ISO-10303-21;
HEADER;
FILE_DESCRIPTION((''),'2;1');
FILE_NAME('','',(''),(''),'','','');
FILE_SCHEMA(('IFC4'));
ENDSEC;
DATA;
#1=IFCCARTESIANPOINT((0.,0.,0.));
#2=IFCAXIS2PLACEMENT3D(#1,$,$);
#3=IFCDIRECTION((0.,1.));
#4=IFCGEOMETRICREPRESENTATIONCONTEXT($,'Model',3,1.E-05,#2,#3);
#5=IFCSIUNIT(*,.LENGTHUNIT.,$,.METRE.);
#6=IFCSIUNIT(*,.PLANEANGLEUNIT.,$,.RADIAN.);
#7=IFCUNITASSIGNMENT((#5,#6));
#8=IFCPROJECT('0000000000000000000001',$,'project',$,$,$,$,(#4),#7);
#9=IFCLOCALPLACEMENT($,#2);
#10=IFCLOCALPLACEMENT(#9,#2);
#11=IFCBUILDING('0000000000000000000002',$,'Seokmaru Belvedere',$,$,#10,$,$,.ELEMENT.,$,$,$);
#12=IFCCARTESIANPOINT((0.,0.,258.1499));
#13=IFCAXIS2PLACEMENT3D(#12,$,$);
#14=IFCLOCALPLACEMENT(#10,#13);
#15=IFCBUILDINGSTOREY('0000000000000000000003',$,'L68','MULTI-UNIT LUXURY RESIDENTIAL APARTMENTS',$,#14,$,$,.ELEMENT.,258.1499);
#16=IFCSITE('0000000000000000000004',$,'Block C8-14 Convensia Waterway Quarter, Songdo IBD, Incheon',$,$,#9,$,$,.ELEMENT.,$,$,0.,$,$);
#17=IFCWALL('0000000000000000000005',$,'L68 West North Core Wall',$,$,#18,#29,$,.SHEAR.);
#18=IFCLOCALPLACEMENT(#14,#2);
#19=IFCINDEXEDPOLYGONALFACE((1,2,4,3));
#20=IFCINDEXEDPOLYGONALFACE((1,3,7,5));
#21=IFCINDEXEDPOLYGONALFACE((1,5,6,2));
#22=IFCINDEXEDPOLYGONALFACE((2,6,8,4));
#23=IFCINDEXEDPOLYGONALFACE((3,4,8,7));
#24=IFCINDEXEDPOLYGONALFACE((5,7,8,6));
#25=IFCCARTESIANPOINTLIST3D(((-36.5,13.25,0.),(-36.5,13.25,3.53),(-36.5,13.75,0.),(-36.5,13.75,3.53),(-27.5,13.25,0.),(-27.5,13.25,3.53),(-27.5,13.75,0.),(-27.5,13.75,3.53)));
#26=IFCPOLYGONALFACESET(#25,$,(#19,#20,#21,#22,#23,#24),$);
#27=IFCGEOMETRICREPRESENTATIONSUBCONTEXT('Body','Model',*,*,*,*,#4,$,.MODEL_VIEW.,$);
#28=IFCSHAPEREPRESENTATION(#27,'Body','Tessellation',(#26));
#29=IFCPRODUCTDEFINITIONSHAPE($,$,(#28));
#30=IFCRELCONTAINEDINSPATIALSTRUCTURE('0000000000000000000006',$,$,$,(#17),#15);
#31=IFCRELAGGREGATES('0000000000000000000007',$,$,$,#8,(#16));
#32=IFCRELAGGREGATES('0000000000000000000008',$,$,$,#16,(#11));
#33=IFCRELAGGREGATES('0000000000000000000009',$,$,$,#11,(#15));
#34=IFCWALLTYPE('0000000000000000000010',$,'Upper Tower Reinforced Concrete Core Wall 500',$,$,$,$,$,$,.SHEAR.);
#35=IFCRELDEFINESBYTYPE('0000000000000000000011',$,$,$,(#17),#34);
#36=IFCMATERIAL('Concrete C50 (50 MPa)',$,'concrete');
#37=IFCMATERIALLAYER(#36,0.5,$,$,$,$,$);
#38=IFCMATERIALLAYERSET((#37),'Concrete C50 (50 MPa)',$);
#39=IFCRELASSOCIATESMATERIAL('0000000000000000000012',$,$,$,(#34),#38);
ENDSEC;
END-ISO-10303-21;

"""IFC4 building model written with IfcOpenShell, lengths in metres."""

from ifc_helpers import new_model, si_unit, direction, frame, frame_2d, origin, place, context, subcontext, project, spatial, rectangle, extrude, material, layer, layer_set, type_object, element, save


model = new_model("IFC4")

# Units and contexts
model_context = context("Model", 3, precision=1e-05, world=origin(), true_north=direction((0.0, 1.0)))
body_context = subcontext(model_context, "Body", "Model", "MODEL_VIEW")
ifc_project = project(units=[si_unit("LENGTHUNIT", "METRE"), si_unit("PLANEANGLEUNIT", "RADIAN")], contexts=[model_context])

# Site, building, storey
site_placement = place(None, origin())
site = spatial("IfcSite", under=ifc_project, at=site_placement, Name="Block C8-14 Convensia Waterway Quarter, Songdo IBD, Incheon", CompositionType="ELEMENT", RefElevation=0.0)
building_placement = place(site_placement, origin())
building = spatial("IfcBuilding", under=site, at=building_placement, Name="Seokmaru Belvedere", CompositionType="ELEMENT")
storey_placement = place(building_placement, frame((0.0, 0.0, 258.1499)))
storey = spatial("IfcBuildingStorey", under=building, at=storey_placement, Name="L68", Description="MULTI-UNIT LUXURY RESIDENTIAL APARTMENTS", CompositionType="ELEMENT", Elevation=258.1499)

# Wall
ifc_material_1 = material(Name="Concrete C50 (50 MPa)", Category="concrete")
ifc_layer_1 = layer(ifc_material_1, 0.5)
ifc_layer_set_1 = layer_set([ifc_layer_1], Name="Concrete C50 (50 MPa)")
wall_type_1 = type_object("IfcWallType", Name="Upper Tower Reinforced Concrete Core Wall 500", PredefinedType="SHEAR", material=ifc_layer_set_1)
wall_1_placement = place(storey_placement, frame((-36.5, 13.5, 0.0), z_axis=(0.0, 0.0, 1.0), x_axis=(1.0, 0.0, 0.0)))
element("IfcWall", 1, at=wall_1_placement, inside=storey, type_object=wall_type_1, Name="L68 West North Core Wall", PredefinedType="SHEAR", context=body_context, shape_type="SweptSolid", body=[
    extrude(rectangle(XDim=9.0, YDim=0.5, at=frame_2d((4.5, 0.0))), origin(), (0.0, 0.0, 1.0), 3.53),
])

save(model, "model.ifc")
